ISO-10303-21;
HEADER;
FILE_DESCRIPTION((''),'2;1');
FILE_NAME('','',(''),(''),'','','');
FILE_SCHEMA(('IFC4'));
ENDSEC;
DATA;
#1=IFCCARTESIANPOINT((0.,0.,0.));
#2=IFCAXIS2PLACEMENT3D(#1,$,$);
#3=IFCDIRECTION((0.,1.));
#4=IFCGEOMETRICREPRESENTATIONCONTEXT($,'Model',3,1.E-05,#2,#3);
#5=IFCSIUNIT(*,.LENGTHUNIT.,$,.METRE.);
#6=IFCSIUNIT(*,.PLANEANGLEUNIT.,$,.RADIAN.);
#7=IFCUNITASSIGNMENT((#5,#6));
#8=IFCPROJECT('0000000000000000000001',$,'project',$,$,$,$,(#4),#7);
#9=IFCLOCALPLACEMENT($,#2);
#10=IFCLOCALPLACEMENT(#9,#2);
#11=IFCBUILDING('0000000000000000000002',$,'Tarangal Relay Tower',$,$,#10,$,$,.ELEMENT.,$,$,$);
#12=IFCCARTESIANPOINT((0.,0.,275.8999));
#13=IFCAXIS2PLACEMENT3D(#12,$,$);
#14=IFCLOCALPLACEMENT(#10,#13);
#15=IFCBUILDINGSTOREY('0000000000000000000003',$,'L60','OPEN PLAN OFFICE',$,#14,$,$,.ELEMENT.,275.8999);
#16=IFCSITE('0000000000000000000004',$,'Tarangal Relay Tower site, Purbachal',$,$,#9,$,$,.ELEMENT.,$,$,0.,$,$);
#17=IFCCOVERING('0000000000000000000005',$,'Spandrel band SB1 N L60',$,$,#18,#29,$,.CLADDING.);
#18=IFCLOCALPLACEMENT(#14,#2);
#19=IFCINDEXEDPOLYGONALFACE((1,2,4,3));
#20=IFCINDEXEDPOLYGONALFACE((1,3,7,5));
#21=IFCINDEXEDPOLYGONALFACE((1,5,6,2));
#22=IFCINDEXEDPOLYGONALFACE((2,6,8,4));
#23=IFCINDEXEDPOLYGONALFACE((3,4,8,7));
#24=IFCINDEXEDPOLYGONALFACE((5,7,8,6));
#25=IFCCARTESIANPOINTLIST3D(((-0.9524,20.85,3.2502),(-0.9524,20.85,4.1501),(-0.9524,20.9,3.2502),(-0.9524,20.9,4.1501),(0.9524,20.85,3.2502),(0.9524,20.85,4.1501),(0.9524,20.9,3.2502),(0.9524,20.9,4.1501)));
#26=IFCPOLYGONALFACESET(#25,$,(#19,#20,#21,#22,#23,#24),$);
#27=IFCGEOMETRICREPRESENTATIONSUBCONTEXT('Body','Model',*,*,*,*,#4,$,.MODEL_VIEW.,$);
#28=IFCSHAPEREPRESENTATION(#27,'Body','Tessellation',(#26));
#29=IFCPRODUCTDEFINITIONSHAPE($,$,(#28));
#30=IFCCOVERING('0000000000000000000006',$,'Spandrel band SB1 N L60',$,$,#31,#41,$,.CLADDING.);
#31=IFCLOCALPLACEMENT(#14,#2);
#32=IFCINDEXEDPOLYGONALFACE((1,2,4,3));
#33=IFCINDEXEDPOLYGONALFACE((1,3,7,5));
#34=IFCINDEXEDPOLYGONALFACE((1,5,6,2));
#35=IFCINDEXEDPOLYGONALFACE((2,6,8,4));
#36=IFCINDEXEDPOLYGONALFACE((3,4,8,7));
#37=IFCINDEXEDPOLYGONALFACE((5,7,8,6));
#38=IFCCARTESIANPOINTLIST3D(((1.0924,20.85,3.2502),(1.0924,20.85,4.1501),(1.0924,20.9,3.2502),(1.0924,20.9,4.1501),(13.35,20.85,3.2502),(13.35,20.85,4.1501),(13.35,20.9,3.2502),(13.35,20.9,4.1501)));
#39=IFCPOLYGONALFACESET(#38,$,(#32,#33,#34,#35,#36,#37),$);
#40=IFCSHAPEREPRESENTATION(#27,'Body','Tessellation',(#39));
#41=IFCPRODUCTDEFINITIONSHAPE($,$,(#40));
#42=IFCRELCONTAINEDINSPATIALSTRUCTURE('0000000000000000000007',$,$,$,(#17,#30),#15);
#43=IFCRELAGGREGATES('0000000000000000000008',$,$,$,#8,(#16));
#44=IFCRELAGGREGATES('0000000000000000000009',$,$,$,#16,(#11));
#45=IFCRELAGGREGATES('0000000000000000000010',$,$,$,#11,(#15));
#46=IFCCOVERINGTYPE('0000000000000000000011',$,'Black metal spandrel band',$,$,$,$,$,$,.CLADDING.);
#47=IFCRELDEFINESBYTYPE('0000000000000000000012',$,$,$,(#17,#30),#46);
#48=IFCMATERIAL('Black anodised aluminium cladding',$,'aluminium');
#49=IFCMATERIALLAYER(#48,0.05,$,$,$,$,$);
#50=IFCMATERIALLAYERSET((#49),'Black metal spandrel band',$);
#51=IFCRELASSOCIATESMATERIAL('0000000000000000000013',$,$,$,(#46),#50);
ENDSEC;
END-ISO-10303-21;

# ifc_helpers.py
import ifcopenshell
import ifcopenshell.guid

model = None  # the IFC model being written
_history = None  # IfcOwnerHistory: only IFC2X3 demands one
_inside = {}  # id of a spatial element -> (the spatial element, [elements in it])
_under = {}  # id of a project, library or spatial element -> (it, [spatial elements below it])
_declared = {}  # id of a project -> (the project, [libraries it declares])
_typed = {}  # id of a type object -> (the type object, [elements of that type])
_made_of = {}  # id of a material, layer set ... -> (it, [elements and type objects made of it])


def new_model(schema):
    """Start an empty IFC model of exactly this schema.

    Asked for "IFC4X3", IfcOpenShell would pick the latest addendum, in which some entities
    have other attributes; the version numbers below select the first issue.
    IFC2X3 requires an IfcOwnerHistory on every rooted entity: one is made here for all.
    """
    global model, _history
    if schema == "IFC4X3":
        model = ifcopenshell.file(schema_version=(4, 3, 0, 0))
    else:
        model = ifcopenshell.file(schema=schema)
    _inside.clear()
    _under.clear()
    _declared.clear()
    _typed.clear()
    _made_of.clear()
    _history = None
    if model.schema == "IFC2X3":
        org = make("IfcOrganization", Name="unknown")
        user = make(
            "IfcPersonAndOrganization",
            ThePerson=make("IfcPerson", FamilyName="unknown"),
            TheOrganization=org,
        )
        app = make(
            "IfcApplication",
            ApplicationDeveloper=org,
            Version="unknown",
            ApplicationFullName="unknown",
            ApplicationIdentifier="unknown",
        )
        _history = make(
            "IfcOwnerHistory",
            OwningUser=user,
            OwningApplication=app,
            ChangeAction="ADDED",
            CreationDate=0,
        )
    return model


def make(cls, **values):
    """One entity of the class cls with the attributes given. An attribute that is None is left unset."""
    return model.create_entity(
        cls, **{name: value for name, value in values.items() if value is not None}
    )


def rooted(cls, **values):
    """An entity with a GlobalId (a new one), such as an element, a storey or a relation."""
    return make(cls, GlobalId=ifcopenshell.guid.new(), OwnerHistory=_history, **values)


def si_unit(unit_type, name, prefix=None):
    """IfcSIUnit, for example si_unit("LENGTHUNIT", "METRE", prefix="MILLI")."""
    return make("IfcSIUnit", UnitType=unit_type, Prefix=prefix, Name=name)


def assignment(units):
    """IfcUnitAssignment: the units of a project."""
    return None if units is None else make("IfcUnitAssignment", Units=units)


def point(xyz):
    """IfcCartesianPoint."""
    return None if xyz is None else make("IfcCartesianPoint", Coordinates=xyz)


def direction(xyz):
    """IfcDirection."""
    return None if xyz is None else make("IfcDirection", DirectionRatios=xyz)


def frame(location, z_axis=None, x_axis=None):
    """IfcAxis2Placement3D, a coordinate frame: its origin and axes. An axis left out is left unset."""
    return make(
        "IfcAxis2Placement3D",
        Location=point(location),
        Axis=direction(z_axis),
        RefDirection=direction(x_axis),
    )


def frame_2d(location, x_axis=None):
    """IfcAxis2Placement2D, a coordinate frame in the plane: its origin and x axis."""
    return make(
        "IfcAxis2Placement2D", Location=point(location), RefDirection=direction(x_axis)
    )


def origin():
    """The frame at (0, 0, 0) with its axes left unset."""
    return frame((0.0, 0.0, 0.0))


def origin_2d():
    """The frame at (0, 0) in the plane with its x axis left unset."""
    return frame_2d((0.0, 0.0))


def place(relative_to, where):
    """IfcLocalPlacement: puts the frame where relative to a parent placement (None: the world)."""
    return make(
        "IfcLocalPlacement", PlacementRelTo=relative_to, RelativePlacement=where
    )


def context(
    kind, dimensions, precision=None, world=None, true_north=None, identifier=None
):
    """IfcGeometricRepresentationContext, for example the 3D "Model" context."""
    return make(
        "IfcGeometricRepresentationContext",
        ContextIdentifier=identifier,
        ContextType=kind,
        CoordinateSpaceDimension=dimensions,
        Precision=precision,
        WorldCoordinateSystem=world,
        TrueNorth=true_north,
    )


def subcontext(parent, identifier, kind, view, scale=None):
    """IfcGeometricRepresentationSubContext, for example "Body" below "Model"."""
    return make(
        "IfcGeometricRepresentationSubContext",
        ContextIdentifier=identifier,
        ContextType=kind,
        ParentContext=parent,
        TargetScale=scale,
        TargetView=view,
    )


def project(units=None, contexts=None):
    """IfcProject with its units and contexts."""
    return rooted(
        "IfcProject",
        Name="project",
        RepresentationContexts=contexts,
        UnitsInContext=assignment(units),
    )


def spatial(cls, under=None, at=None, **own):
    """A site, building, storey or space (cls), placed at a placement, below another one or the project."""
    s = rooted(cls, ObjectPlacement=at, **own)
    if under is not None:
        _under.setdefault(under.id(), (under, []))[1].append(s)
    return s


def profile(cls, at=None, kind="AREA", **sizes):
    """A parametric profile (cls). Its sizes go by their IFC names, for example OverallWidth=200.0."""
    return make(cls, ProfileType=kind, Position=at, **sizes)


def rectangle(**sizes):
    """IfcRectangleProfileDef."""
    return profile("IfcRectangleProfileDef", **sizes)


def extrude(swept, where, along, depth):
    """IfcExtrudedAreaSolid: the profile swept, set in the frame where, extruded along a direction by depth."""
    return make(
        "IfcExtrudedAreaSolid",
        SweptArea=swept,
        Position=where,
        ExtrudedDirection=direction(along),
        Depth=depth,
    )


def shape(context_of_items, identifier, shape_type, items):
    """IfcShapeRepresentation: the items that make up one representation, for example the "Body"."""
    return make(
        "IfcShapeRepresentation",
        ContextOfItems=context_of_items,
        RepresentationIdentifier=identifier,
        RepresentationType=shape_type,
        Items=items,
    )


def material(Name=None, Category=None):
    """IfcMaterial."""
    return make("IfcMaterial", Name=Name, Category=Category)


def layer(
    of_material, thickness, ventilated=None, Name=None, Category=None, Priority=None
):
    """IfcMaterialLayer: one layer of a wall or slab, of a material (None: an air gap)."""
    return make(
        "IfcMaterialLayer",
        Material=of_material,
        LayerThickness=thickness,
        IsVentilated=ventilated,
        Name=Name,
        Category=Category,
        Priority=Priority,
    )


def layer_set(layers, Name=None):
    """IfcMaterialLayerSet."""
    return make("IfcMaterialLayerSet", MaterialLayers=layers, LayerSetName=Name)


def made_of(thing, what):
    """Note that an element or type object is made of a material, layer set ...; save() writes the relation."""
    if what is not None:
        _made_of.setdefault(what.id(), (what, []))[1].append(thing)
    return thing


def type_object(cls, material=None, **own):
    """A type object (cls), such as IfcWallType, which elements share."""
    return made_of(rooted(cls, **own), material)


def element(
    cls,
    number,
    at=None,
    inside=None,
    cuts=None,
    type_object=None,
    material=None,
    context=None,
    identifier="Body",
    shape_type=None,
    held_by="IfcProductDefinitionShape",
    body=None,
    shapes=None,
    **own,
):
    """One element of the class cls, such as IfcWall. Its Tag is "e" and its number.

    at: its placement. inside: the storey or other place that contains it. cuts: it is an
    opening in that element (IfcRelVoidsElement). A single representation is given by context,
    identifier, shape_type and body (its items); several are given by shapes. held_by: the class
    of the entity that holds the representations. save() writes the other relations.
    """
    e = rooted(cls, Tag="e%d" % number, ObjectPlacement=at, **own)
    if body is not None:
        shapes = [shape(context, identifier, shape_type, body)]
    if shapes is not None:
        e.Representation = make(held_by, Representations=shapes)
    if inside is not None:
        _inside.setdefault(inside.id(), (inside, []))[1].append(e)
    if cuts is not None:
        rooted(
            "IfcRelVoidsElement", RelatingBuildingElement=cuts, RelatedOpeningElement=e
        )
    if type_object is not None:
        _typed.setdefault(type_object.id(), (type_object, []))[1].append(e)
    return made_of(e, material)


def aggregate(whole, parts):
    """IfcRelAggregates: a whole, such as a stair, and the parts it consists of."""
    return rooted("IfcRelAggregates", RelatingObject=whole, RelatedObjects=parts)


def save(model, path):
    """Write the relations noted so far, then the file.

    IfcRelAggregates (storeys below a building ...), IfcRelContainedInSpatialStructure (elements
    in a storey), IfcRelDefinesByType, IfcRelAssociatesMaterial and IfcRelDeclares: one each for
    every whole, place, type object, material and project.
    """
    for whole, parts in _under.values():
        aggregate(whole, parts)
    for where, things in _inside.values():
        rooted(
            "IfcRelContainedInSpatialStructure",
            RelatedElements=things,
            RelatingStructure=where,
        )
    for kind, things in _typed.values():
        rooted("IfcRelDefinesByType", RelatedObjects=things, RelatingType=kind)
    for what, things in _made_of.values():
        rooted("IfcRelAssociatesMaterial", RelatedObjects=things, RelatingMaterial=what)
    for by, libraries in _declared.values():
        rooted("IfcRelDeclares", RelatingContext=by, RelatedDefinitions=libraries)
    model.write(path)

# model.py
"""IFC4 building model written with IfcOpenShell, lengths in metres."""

from ifc_helpers import new_model, si_unit, direction, frame, origin, origin_2d, place, context, subcontext, project, spatial, rectangle, extrude, material, layer, layer_set, type_object, element, save


model = new_model("IFC4")

# Units and contexts
model_context = context("Model", 3, precision=1e-05, world=origin(), true_north=direction((0.0, 1.0)))
body_context = subcontext(model_context, "Body", "Model", "MODEL_VIEW")
ifc_project = project(units=[si_unit("LENGTHUNIT", "METRE"), si_unit("PLANEANGLEUNIT", "RADIAN")], contexts=[model_context])

# Site, building, storey
site_placement = place(None, origin())
site = spatial("IfcSite", under=ifc_project, at=site_placement, Name="Tarangal Relay Tower site, Purbachal", CompositionType="ELEMENT", RefElevation=0.0)
building_placement = place(site_placement, origin())
building = spatial("IfcBuilding", under=site, at=building_placement, Name="Tarangal Relay Tower", CompositionType="ELEMENT")
storey_placement = place(building_placement, frame((0.0, 0.0, 275.8999)))
storey = spatial("IfcBuildingStorey", under=building, at=storey_placement, Name="L60", Description="OPEN PLAN OFFICE", CompositionType="ELEMENT", Elevation=275.8999)

# Coverings
ifc_material_1 = material(Name="Black anodised aluminium cladding", Category="aluminium")
ifc_layer_1 = layer(ifc_material_1, 0.05)
ifc_layer_set_1 = layer_set([ifc_layer_1], Name="Black metal spandrel band")
covering_type = type_object("IfcCoveringType", Name="Black metal spandrel band", PredefinedType="CLADDING", material=ifc_layer_set_1)
covering_1_placement = place(storey_placement, frame((0.0, 20.875, 3.2502), z_axis=(0.0, 0.0, 1.0), x_axis=(1.0, 0.0, 0.0)))
element("IfcCovering", 1, at=covering_1_placement, inside=storey, type_object=covering_type, Name="Spandrel band SB1 N L60", PredefinedType="CLADDING", context=body_context, shape_type="SweptSolid", body=[
    extrude(rectangle(XDim=1.9048, YDim=0.05, at=origin_2d()), origin(), (0.0, 0.0, 1.0), 0.8999),
])
covering_2_placement = place(storey_placement, frame((7.2212, 20.875, 3.2502), z_axis=(0.0, 0.0, 1.0), x_axis=(1.0, 0.0, 0.0)))
element("IfcCovering", 2, at=covering_2_placement, inside=storey, type_object=covering_type, Name="Spandrel band SB1 N L60", PredefinedType="CLADDING", context=body_context, shape_type="SweptSolid", body=[
    extrude(rectangle(XDim=12.2576, YDim=0.05, at=origin_2d()), origin(), (0.0, 0.0, 1.0), 0.8999),
])

save(model, "model.ifc")
